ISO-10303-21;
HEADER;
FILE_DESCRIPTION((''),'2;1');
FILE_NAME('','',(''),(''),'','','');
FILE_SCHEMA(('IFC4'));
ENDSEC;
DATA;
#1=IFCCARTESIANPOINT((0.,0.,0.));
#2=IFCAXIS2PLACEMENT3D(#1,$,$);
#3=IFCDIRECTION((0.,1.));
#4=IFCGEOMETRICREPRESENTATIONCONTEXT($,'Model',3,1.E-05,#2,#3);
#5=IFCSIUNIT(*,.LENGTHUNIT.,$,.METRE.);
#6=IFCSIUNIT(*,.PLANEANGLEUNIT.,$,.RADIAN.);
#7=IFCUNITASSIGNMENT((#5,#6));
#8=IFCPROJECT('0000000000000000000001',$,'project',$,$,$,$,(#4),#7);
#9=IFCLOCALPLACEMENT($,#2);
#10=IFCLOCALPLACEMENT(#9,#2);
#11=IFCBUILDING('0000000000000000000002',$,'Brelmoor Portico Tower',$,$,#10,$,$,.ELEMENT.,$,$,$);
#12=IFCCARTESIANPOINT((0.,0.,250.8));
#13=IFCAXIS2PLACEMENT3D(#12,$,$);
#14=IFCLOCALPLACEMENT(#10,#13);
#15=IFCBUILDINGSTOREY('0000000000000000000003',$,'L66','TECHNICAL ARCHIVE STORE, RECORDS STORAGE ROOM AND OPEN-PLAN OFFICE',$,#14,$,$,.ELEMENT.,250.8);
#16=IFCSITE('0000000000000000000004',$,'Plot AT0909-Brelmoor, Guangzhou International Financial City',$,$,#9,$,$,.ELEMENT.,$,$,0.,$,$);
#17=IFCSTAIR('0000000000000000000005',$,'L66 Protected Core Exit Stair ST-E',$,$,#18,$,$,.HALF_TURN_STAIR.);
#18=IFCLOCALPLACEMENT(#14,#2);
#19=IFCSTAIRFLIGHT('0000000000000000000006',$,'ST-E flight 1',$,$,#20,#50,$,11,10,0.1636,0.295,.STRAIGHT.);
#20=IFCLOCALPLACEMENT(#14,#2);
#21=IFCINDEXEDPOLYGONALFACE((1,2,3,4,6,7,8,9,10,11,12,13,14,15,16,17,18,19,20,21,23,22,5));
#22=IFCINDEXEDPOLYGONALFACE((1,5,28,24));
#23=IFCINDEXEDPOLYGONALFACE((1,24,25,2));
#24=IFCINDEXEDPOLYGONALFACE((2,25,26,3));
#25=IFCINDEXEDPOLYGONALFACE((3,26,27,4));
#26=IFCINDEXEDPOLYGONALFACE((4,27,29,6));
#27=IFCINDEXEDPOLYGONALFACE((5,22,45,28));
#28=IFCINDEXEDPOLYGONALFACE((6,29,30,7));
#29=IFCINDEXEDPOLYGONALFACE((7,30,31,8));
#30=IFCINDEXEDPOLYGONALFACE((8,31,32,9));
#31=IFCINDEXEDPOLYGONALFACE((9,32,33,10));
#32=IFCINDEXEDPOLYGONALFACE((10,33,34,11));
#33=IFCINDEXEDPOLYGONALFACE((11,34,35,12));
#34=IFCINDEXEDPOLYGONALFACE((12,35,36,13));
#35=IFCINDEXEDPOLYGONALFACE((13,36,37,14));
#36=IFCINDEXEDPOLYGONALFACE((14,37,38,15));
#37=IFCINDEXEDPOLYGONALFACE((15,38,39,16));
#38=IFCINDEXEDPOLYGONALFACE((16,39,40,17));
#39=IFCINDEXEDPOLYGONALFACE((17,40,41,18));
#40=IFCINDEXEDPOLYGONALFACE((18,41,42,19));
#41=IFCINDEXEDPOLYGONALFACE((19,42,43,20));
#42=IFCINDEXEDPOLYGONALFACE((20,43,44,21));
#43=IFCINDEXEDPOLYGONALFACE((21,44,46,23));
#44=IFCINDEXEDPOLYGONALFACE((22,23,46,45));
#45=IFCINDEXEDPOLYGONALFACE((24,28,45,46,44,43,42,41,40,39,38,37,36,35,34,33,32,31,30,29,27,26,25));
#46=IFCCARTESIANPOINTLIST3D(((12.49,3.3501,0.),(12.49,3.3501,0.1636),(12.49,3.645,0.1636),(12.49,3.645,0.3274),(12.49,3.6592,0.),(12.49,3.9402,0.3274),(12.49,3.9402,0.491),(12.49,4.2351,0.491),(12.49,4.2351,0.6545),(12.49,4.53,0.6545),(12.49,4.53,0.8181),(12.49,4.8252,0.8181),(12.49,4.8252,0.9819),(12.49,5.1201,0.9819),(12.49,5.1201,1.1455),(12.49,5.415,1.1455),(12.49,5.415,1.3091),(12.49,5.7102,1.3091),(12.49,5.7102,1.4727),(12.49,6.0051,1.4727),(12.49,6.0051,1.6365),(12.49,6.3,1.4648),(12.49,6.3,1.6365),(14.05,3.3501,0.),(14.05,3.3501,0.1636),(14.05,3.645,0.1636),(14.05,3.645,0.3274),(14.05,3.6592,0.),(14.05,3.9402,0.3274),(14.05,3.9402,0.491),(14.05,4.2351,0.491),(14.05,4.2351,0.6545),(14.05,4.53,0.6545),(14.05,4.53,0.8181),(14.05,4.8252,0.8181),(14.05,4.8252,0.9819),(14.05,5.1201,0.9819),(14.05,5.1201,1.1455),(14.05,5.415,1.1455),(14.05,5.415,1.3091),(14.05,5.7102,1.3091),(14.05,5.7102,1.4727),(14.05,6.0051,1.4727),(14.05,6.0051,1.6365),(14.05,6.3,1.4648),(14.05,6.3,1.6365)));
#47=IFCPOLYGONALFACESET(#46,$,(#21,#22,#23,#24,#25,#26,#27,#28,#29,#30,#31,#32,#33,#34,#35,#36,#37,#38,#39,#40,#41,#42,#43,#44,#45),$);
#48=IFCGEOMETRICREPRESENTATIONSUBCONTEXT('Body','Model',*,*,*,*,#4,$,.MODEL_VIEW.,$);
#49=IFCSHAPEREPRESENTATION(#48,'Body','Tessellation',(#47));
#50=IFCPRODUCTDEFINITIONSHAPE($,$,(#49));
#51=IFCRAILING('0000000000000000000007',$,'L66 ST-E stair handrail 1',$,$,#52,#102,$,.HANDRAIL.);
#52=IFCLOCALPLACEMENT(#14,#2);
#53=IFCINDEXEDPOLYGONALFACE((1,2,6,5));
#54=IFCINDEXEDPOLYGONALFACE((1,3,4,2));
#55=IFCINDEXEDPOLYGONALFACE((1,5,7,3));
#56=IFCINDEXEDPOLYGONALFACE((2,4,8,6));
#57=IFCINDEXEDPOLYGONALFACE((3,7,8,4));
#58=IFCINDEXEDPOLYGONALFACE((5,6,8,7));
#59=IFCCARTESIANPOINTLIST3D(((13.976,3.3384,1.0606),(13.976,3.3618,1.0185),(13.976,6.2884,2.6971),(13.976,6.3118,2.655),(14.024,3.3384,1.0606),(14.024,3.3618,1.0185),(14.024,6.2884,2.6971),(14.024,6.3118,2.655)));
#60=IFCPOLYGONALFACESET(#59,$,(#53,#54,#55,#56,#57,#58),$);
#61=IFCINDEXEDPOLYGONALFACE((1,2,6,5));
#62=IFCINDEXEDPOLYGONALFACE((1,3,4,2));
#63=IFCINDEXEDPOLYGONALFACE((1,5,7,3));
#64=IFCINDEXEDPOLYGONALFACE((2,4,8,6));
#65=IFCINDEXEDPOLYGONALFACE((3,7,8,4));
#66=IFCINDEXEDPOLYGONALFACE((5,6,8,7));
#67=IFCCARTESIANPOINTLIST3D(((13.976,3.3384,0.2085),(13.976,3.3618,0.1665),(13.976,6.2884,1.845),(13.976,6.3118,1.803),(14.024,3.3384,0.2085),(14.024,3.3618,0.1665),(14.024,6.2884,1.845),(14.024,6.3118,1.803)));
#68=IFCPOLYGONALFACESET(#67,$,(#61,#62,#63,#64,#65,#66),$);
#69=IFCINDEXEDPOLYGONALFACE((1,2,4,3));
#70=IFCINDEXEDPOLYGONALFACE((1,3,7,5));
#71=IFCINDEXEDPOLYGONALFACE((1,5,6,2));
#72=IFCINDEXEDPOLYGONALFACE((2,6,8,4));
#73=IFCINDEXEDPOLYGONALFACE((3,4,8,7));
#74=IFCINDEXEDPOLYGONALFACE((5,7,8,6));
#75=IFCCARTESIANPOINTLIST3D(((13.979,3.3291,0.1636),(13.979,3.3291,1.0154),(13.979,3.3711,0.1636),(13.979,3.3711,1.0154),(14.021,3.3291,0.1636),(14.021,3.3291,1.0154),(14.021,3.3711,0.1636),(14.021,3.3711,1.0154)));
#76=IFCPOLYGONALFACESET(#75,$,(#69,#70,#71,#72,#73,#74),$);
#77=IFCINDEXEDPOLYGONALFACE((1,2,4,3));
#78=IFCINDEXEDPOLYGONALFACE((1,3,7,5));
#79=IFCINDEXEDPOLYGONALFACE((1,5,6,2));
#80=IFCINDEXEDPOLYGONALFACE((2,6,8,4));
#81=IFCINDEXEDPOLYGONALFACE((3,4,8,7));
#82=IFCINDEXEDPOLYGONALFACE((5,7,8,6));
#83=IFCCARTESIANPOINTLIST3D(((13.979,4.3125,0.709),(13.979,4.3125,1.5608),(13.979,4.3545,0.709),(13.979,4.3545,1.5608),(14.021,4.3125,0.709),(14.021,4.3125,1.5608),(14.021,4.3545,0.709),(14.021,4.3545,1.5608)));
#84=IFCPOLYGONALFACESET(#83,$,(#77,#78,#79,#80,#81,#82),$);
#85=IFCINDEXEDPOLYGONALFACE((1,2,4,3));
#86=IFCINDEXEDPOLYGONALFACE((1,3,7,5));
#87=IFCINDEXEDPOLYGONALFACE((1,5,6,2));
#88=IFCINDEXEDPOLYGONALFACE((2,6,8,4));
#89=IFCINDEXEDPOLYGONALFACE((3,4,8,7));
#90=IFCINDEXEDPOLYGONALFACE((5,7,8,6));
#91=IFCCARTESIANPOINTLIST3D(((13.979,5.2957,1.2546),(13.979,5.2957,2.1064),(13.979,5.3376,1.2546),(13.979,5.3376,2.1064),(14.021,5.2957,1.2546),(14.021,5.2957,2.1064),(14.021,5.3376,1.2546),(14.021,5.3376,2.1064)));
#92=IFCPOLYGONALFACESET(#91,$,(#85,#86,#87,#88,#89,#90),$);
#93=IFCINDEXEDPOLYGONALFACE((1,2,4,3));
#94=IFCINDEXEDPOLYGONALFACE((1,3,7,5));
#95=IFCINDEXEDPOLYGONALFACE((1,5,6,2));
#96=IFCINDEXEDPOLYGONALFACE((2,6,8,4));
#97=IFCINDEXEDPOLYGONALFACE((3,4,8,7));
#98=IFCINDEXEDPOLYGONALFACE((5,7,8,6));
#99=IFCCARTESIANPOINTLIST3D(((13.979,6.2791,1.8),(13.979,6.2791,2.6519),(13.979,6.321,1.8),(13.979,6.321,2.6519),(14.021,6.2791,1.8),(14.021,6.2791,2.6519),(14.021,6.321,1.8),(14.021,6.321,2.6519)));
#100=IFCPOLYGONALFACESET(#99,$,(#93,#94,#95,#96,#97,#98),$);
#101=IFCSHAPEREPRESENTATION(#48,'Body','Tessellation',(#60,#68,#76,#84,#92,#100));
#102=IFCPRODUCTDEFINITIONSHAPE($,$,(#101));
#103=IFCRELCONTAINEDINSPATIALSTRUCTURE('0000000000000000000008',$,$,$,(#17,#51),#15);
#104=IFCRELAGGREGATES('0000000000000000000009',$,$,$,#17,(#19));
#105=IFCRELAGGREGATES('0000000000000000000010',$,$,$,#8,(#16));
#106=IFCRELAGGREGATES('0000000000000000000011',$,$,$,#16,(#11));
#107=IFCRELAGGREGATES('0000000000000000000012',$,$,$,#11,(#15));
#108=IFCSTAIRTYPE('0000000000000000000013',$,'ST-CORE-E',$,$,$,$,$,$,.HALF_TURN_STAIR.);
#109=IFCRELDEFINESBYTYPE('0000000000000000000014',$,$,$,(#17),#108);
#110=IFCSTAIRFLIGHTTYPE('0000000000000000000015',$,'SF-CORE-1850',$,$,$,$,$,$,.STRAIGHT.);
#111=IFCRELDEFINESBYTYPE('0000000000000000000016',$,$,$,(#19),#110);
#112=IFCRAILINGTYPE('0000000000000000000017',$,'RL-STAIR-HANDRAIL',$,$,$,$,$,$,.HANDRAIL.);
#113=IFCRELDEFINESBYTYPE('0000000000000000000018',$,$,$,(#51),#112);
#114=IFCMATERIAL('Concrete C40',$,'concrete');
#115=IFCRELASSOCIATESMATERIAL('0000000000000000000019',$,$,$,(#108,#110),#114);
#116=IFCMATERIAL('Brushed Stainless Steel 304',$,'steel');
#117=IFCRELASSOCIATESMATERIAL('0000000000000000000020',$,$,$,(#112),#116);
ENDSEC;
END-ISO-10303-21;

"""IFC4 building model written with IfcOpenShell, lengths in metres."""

from ifc_helpers import new_model, si_unit, direction, frame, origin, origin_2d, place, context, subcontext, project, spatial, polyline, rectangle, outline, extrude, material, type_object, element, aggregate, save


model = new_model("IFC4")

# Units and contexts
model_context = context("Model", 3, precision=1e-05, world=origin(), true_north=direction((0.0, 1.0)))
body_context = subcontext(model_context, "Body", "Model", "MODEL_VIEW")
ifc_project = project(units=[si_unit("LENGTHUNIT", "METRE"), si_unit("PLANEANGLEUNIT", "RADIAN")], contexts=[model_context])

# Site, building, storey
site_placement = place(None, origin())
site = spatial("IfcSite", under=ifc_project, at=site_placement, Name="Plot AT0909-Brelmoor, Guangzhou International Financial City", CompositionType="ELEMENT", RefElevation=0.0)
building_placement = place(site_placement, origin())
building = spatial("IfcBuilding", under=site, at=building_placement, Name="Brelmoor Portico Tower", CompositionType="ELEMENT")
storey_placement = place(building_placement, frame((0.0, 0.0, 250.8)))
storey = spatial("IfcBuildingStorey", under=building, at=storey_placement, Name="L66", Description="TECHNICAL ARCHIVE STORE, RECORDS STORAGE ROOM AND OPEN-PLAN OFFICE", CompositionType="ELEMENT", Elevation=250.8)

# Shared definitions
ifc_material_1 = material(Name="Concrete C40", Category="concrete")

# Stair, stair flight
stair_type = type_object("IfcStairType", Name="ST-CORE-E", PredefinedType="HALF_TURN_STAIR", material=ifc_material_1)
stair_placement = place(storey_placement, origin())
stair = element("IfcStair", 1, at=stair_placement, inside=storey, type_object=stair_type, Name="L66 Protected Core Exit Stair ST-E", PredefinedType="HALF_TURN_STAIR")
stair_flight_type = type_object("IfcStairFlightType", Name="SF-CORE-1850", PredefinedType="STRAIGHT", material=ifc_material_1)
stair_flight_placement = place(storey_placement, frame((13.27, 3.3501, 0.0), z_axis=(0.0, 0.0, 1.0), x_axis=(0.0, 1.0, 0.0)))
stair_flight = element("IfcStairFlight", 2, at=stair_flight_placement, type_object=stair_flight_type, Name="ST-E flight 1", NumberOfRisers=11, NumberOfTreads=10, PredefinedType="STRAIGHT", RiserHeight=0.1636, TreadLength=0.295, context=body_context, shape_type="SweptSolid", body=[
    extrude(outline(polyline([(0.0, 0.0), (0.0, 0.1636), (0.2949, 0.1636), (0.2949, 0.3274), (0.5901, 0.3274), (0.5901, 0.491), (0.885, 0.491), (0.885, 0.6545), (1.1799, 0.6545), (1.1799, 0.8181), (1.4751, 0.8181), (1.4751, 0.9819), (1.77, 0.9819), (1.77, 1.1455), (2.0649, 1.1455), (2.0649, 1.3091), (2.3601, 1.3091), (2.3601, 1.4727), (2.655, 1.4727), (2.655, 1.6365), (2.95, 1.6365), (2.95, 1.8), (2.95, 1.4648), (0.3091, 0.0), (0.0, 0.0)])), frame((0.0, 0.78, 0.0), z_axis=(0.0, -1.0, 0.0), x_axis=(1.0, 0.0, 0.0)), (0.0, 0.0, 1.0), 1.5601),
])
aggregate(stair, [stair_flight])

# Railing
ifc_material_2 = material(Name="Brushed Stainless Steel 304", Category="steel")
railing_type = type_object("IfcRailingType", Name="RL-STAIR-HANDRAIL", PredefinedType="HANDRAIL", material=ifc_material_2)
railing_placement = place(storey_placement, frame((14.0, 3.3501, 0.1636)))
element("IfcRailing", 3, at=railing_placement, inside=storey, type_object=railing_type, Name="L66 ST-E stair handrail 1", PredefinedType="HANDRAIL", context=body_context, shape_type="SweptSolid", body=[
    extrude(rectangle(XDim=0.0481, YDim=0.0481, at=origin_2d()), frame((0.0, 0.0, 0.876), z_axis=(0.0, 0.874458, 0.485102), x_axis=(-1.0, 0.0, 0.0)), (0.0, 0.0, 1.0), 3.3735),
    extrude(rectangle(XDim=0.0481, YDim=0.0481, at=origin_2d()), frame((0.0, 0.0, 0.0239), z_axis=(0.0, 0.874458, 0.485102), x_axis=(-1.0, 0.0, 0.0)), (0.0, 0.0, 1.0), 3.3735),
    extrude(rectangle(XDim=0.042, YDim=0.042, at=origin_2d()), origin(), (0.0, 0.0, 1.0), 0.8518),
    extrude(rectangle(XDim=0.042, YDim=0.042, at=origin_2d()), frame((0.0, 0.9834, 0.5454)), (0.0, 0.0, 1.0), 0.8518),
    extrude(rectangle(XDim=0.042, YDim=0.042, at=origin_2d()), frame((0.0, 1.9666, 1.0911)), (0.0, 0.0, 1.0), 0.8518),
    extrude(rectangle(XDim=0.042, YDim=0.042, at=origin_2d()), frame((0.0, 2.95, 1.6365)), (0.0, 0.0, 1.0), 0.8518),
])

save(model, "model.ifc")
